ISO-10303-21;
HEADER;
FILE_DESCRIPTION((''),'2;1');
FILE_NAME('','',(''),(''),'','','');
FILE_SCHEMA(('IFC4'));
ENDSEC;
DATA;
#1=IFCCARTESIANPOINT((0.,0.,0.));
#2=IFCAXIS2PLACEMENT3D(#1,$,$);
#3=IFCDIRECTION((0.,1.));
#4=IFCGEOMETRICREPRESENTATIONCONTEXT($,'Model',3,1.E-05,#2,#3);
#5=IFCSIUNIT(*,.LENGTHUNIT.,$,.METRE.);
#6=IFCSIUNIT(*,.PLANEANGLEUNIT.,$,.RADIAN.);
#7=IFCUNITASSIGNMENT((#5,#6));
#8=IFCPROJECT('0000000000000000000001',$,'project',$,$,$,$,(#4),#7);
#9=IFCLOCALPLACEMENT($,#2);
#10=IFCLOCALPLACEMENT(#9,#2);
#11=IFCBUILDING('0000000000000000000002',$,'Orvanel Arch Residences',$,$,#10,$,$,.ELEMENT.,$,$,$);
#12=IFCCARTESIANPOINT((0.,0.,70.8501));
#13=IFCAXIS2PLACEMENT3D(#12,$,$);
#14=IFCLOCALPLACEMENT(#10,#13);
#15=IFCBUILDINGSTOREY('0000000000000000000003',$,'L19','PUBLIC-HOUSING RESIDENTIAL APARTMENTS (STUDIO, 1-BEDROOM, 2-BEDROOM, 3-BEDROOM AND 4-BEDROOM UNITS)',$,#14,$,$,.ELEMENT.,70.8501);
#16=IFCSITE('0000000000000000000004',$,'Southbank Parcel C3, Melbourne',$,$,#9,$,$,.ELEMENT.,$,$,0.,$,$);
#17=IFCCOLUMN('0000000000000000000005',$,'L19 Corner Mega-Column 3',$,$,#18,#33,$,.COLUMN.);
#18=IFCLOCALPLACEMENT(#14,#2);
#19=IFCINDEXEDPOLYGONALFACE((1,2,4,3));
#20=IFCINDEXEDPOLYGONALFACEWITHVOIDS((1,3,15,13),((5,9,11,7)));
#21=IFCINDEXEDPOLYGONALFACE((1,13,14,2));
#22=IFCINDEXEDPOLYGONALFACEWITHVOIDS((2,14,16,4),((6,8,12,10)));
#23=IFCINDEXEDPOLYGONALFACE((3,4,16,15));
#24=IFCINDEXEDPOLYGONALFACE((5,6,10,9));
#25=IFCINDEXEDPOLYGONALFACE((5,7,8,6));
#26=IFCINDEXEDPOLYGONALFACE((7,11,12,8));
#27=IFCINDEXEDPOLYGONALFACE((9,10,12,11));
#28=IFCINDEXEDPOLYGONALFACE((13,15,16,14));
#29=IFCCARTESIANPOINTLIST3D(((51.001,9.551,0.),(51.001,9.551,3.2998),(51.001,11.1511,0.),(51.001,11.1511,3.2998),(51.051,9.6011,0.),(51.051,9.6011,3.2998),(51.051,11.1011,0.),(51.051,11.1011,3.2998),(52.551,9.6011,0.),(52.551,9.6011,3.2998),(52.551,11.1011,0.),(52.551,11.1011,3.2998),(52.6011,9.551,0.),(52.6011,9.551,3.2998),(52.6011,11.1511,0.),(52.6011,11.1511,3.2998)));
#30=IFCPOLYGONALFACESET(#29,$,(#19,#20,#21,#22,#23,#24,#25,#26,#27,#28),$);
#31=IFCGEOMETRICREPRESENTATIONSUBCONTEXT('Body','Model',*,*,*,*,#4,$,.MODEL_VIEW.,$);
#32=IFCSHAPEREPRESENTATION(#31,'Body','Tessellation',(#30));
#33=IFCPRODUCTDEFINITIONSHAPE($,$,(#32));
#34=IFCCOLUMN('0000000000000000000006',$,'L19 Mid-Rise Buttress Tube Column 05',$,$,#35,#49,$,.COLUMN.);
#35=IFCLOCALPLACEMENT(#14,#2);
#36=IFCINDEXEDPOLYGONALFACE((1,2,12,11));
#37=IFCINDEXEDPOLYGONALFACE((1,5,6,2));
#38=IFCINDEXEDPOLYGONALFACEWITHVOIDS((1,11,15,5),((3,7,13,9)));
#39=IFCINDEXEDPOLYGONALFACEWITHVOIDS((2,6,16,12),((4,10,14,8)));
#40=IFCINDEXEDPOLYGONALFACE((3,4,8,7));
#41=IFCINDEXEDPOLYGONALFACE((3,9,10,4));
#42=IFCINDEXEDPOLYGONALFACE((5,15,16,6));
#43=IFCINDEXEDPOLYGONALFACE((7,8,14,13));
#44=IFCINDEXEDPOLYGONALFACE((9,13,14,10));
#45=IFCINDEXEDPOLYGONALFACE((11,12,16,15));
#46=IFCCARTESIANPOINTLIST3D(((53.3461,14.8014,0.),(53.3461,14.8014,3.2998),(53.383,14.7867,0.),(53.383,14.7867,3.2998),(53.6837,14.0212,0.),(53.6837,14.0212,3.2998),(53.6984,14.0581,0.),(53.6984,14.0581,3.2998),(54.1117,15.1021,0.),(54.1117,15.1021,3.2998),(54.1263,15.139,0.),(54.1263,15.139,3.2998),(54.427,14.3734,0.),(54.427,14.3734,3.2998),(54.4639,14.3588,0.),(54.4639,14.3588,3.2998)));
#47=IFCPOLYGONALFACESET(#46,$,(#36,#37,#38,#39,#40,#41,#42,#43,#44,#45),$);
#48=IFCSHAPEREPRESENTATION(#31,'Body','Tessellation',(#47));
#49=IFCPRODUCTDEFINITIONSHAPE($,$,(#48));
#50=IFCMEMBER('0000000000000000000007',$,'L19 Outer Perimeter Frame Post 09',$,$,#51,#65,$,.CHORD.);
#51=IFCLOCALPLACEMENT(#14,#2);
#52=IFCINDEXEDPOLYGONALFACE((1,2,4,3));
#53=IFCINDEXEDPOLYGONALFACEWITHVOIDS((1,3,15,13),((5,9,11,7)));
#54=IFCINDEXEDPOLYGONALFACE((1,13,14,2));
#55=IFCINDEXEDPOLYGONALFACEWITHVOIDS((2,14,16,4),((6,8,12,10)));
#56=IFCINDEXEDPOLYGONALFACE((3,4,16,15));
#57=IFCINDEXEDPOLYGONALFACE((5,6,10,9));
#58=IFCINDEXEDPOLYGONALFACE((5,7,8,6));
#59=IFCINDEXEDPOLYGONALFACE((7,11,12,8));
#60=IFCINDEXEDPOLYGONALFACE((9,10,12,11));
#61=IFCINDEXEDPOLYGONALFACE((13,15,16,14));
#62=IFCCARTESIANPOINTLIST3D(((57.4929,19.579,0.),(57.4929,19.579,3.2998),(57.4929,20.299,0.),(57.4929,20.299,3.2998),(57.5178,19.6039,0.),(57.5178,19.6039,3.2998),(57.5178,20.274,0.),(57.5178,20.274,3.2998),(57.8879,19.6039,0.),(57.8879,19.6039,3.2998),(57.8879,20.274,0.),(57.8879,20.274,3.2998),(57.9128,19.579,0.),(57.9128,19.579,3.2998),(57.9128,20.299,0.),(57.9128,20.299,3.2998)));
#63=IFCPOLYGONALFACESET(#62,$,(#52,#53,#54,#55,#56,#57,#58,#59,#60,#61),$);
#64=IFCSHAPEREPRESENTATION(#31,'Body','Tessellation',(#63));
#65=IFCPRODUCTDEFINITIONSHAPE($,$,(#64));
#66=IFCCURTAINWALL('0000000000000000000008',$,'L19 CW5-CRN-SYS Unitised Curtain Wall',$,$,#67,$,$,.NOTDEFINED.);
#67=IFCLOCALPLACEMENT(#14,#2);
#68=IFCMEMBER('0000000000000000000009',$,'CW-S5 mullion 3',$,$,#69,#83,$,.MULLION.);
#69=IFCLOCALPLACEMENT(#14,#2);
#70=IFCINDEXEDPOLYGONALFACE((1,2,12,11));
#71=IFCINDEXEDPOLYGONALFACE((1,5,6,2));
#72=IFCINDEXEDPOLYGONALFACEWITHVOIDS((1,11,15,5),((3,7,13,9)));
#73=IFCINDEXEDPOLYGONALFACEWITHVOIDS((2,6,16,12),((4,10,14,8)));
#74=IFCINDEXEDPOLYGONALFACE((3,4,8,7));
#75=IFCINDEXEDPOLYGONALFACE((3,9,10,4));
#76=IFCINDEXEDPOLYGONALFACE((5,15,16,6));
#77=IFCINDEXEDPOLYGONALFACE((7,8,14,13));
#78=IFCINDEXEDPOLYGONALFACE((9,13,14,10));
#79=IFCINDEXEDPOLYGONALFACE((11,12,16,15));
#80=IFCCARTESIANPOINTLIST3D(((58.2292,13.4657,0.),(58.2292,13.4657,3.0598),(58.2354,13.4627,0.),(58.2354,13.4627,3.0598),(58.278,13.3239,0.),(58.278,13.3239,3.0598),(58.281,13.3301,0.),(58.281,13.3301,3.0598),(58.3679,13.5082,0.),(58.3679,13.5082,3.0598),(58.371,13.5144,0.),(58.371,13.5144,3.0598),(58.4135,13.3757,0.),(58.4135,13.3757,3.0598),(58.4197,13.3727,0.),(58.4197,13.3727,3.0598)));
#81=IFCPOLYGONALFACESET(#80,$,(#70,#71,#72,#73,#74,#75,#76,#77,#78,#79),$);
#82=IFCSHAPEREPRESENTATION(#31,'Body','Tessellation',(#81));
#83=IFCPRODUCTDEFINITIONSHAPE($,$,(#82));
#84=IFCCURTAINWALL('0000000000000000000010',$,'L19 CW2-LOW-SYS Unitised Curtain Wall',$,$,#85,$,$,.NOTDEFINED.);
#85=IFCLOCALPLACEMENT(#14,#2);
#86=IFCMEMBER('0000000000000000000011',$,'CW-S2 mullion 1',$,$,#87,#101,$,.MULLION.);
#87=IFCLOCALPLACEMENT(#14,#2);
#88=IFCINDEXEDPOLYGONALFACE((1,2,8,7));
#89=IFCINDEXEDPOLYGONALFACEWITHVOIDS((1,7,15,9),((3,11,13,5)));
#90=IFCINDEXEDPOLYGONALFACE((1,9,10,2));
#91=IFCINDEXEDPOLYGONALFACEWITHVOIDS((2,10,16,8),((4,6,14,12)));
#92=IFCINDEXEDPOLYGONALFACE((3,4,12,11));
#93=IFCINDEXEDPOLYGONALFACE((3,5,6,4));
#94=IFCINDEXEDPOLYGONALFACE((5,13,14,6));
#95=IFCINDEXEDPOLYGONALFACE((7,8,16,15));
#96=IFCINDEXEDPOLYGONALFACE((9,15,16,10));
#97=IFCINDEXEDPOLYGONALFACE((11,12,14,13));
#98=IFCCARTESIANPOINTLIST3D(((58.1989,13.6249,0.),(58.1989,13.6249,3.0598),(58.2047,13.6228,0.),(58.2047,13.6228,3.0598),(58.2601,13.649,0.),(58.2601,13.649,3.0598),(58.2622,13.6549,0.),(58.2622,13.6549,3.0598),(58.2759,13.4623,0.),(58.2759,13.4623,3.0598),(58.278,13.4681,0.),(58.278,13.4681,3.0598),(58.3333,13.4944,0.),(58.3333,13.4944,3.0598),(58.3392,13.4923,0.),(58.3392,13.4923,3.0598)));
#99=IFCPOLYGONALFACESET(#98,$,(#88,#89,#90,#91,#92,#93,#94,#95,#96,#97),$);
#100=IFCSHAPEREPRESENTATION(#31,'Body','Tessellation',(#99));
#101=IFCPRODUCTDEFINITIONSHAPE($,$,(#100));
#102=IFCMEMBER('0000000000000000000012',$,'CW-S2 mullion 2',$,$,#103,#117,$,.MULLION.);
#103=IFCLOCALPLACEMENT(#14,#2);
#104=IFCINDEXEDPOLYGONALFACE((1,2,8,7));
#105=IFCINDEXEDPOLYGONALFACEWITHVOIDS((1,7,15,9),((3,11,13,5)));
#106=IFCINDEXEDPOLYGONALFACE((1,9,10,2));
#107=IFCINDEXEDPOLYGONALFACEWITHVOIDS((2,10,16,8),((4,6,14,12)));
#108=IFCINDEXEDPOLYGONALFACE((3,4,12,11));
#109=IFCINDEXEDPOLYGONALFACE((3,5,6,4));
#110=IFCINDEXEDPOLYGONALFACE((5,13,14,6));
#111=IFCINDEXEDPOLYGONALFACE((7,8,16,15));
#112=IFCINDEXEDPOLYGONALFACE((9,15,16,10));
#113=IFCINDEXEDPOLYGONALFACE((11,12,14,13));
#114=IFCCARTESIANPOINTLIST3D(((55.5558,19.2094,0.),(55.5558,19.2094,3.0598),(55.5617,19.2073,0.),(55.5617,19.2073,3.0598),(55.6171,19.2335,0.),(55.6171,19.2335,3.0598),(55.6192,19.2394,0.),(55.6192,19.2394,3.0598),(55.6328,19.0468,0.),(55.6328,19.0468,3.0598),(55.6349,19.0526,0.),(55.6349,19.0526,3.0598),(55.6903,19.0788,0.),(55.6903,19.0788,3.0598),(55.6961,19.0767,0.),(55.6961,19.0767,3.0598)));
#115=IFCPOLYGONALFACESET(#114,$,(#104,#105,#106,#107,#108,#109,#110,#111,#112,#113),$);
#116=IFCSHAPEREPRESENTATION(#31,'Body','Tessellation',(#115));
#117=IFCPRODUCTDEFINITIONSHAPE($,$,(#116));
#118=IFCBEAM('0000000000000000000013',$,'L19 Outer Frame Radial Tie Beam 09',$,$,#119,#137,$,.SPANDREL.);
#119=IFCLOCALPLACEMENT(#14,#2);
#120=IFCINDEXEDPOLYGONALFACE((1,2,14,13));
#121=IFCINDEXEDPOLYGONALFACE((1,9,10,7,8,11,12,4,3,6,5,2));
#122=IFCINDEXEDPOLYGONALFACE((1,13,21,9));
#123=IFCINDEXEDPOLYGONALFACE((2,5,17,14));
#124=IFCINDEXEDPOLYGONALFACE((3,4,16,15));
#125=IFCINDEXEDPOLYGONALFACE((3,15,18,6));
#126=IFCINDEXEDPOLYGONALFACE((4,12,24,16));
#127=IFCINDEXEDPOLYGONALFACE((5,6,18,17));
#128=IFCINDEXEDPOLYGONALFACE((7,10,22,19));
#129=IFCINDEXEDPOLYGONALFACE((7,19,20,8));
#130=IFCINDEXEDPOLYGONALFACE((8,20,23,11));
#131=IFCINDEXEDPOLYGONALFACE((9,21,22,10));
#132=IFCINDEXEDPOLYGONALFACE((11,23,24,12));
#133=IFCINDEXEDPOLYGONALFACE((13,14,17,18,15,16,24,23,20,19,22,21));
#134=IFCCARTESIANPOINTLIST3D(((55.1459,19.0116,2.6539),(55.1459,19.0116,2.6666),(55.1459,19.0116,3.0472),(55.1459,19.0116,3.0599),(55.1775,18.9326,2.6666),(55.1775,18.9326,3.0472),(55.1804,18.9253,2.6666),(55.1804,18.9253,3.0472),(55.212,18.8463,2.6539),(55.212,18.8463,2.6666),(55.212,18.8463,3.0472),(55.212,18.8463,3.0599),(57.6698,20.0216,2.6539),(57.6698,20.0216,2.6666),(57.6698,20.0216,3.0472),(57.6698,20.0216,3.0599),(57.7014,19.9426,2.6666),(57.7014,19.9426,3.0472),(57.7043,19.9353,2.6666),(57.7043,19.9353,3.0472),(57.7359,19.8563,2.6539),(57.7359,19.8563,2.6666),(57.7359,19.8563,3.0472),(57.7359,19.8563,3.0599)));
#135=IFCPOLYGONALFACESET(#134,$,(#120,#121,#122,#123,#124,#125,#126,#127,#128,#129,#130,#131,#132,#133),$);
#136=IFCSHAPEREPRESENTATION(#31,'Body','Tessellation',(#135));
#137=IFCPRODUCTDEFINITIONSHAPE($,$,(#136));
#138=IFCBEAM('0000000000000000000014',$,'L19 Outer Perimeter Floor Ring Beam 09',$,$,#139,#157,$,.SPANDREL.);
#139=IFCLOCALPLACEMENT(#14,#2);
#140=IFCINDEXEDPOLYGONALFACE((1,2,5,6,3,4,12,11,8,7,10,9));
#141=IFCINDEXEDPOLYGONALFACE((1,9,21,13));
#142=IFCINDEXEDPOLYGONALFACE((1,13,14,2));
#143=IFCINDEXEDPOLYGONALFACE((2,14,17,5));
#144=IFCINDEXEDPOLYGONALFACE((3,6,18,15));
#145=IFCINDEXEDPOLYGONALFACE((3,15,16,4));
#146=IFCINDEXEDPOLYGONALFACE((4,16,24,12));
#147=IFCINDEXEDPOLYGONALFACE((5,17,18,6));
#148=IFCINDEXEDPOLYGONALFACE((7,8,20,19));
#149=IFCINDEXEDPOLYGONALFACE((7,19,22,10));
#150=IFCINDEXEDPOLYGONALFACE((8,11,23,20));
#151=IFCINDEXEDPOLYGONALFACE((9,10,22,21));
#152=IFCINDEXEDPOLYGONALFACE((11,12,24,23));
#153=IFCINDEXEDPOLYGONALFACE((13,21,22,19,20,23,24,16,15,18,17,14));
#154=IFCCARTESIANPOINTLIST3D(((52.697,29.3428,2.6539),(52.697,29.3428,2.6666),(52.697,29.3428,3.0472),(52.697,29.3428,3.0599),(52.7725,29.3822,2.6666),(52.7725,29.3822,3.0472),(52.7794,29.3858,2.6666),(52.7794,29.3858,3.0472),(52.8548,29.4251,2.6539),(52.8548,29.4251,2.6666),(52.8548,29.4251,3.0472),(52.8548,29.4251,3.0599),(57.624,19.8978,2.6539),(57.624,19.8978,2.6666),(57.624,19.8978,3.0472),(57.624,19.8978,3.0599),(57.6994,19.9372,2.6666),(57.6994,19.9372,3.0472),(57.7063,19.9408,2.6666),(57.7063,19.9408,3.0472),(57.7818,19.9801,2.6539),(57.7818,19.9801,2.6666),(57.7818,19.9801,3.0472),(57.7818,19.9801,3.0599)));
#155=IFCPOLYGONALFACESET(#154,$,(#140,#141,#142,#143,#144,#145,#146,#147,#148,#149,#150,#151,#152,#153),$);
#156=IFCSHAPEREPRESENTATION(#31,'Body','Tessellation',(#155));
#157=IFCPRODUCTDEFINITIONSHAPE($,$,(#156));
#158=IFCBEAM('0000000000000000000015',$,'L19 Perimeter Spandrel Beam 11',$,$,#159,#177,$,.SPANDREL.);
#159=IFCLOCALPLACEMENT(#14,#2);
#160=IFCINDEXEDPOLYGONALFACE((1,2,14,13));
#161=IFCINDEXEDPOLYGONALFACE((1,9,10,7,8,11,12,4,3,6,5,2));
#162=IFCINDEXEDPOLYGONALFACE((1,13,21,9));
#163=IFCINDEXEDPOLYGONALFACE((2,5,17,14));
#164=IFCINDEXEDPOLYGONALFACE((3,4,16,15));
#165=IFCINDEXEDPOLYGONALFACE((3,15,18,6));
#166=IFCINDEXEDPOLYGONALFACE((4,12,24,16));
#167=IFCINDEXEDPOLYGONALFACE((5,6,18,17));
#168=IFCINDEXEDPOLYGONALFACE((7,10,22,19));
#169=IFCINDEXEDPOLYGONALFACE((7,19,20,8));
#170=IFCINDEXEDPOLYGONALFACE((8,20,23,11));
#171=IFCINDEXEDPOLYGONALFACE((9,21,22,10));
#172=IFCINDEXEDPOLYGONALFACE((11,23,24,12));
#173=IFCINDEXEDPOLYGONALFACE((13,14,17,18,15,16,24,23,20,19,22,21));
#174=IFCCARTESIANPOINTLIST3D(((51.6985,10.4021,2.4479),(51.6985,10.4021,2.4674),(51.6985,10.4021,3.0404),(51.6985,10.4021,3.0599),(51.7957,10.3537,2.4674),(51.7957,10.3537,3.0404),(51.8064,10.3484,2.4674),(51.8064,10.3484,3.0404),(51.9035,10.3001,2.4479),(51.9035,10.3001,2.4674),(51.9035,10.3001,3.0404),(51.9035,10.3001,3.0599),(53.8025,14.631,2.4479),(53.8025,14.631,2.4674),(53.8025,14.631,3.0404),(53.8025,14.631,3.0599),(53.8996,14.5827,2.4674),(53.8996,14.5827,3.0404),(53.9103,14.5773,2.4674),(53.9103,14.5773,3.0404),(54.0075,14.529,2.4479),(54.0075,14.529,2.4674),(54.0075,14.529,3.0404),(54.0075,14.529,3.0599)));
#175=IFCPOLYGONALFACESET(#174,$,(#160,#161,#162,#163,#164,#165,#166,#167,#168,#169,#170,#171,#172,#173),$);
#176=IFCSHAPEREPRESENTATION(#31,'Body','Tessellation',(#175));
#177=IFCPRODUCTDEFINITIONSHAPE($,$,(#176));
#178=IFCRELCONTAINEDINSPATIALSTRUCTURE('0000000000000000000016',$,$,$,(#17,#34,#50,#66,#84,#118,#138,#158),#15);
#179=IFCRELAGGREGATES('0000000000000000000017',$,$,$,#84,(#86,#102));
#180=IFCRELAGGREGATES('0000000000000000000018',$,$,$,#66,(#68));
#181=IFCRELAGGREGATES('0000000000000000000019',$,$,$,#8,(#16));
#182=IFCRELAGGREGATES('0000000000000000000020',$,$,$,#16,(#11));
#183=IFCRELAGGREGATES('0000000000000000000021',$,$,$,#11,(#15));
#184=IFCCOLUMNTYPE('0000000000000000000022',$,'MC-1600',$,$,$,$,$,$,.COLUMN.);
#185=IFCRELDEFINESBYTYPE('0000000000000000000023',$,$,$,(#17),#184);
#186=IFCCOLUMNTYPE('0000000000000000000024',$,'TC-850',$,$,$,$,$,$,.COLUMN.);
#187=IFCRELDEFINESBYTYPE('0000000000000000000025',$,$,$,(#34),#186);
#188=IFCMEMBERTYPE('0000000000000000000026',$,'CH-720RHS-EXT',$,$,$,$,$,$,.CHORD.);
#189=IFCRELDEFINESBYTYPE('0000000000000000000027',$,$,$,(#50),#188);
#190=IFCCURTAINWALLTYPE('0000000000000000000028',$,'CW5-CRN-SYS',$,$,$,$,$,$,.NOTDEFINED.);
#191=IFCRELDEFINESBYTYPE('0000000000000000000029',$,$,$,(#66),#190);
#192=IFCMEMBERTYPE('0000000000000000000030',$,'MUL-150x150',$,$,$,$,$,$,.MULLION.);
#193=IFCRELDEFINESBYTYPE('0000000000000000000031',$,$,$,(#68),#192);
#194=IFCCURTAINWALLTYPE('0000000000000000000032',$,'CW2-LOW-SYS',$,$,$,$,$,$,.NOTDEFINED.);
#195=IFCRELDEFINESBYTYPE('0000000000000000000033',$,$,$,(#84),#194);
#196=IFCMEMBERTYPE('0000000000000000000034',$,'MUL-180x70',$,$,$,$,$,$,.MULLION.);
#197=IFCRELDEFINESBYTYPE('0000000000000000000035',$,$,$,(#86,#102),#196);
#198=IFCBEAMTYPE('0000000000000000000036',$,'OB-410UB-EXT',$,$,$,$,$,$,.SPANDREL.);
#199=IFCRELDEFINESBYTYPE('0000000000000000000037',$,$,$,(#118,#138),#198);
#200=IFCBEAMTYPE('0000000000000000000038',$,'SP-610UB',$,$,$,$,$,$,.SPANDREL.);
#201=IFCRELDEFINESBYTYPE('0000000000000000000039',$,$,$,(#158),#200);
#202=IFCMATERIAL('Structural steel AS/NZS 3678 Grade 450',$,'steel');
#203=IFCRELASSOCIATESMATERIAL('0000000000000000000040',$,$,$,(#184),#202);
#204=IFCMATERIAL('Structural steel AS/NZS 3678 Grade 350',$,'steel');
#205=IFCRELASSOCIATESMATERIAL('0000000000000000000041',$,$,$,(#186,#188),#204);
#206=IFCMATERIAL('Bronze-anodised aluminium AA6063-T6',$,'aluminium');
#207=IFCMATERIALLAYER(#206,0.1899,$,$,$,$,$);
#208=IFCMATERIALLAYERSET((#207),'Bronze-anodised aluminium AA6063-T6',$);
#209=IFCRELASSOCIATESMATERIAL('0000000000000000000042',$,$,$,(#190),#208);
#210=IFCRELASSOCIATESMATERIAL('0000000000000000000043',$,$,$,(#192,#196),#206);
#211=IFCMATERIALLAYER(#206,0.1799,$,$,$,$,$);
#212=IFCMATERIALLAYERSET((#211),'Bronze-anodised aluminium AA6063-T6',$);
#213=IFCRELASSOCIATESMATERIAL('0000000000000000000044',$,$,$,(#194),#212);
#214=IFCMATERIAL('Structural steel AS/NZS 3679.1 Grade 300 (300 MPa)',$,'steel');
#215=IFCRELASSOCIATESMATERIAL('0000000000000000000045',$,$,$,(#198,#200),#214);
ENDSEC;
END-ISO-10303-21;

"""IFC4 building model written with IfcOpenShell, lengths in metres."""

from ifc_helpers import new_model, si_unit, direction, frame, origin, origin_2d, place, context, subcontext, project, spatial, hollow_rectangle, i_section, extrude, material, layer, layer_set, material_profile, profile_set, type_object, element, aggregate, save


model = new_model("IFC4")

# Units and contexts
model_context = context("Model", 3, precision=1e-05, world=origin(), true_north=direction((0.0, 1.0)))
body_context = subcontext(model_context, "Body", "Model", "MODEL_VIEW")
ifc_project = project(units=[si_unit("LENGTHUNIT", "METRE"), si_unit("PLANEANGLEUNIT", "RADIAN")], contexts=[model_context])

# Site, building, storey
site_placement = place(None, origin())
site = spatial("IfcSite", under=ifc_project, at=site_placement, Name="Southbank Parcel C3, Melbourne", CompositionType="ELEMENT", RefElevation=0.0)
building_placement = place(site_placement, origin())
building = spatial("IfcBuilding", under=site, at=building_placement, Name="Orvanel Arch Residences", CompositionType="ELEMENT")
storey_placement = place(building_placement, frame((0.0, 0.0, 70.8501)))
storey = spatial("IfcBuildingStorey", under=building, at=storey_placement, Name="L19", Description="PUBLIC-HOUSING RESIDENTIAL APARTMENTS (STUDIO, 1-BEDROOM, 2-BEDROOM, 3-BEDROOM AND 4-BEDROOM UNITS)", CompositionType="ELEMENT", Elevation=70.8501)

# Columns
ifc_material_1 = material(Name="Structural steel AS/NZS 3678 Grade 450", Category="steel")
ifc_material_profile_1 = material_profile(ifc_material_1, hollow_rectangle(XDim=1.6001, YDim=1.6001, WallThickness=0.05, at=origin_2d()), Name="BOX1600x1600x50")
ifc_profile_set_1 = profile_set([ifc_material_profile_1], Name="Structural steel AS/NZS 3678 Grade 450")
column_type_1 = type_object("IfcColumnType", Name="MC-1600", PredefinedType="COLUMN", material=ifc_profile_set_1)
column_1_placement = place(storey_placement, frame((51.801, 10.3511, 0.0), z_axis=(0.0, 0.0, 1.0), x_axis=(1.0, 0.0, 0.0)))
element("IfcColumn", 1, at=column_1_placement, inside=storey, type_object=column_type_1, Name="L19 Corner Mega-Column 3", PredefinedType="COLUMN", context=body_context, shape_type="SweptSolid", body=[
    extrude(hollow_rectangle(XDim=1.6001, YDim=1.6001, WallThickness=0.05, at=origin_2d()), origin(), (0.0, 0.0, 1.0), 3.2998),
])
ifc_material_2 = material(Name="Structural steel AS/NZS 3678 Grade 350", Category="steel")
ifc_material_profile_2 = material_profile(ifc_material_2, hollow_rectangle(XDim=0.8501, YDim=0.8501, WallThickness=0.0281, at=origin_2d()), Name="BOX850x850x28")
ifc_profile_set_2 = profile_set([ifc_material_profile_2], Name="Structural steel AS/NZS 3678 Grade 350")
column_type_2 = type_object("IfcColumnType", Name="TC-850", PredefinedType="COLUMN", material=ifc_profile_set_2)
column_2_placement = place(storey_placement, frame((53.905, 14.5801, 0.0), z_axis=(0.0, 0.0, 1.0), x_axis=(-0.397148, 0.917755, 0.0)))
element("IfcColumn", 2, at=column_2_placement, inside=storey, type_object=column_type_2, Name="L19 Mid-Rise Buttress Tube Column 05", PredefinedType="COLUMN", context=body_context, shape_type="SweptSolid", body=[
    extrude(hollow_rectangle(XDim=0.8501, YDim=0.8501, WallThickness=0.0281, at=origin_2d()), origin(), (0.0, 0.0, 1.0), 3.2998),
])

# Member
ifc_material_profile_3 = material_profile(ifc_material_2, hollow_rectangle(XDim=0.4199, YDim=0.72, WallThickness=0.0249, at=origin_2d()), Name="RHS720x420x25")
ifc_profile_set_3 = profile_set([ifc_material_profile_3], Name="Structural steel AS/NZS 3678 Grade 350")
member_type_1 = type_object("IfcMemberType", Name="CH-720RHS-EXT", PredefinedType="CHORD", material=ifc_profile_set_3)
member_1_placement = place(storey_placement, frame((57.7029, 19.939, 0.0), z_axis=(0.0, 0.0, 1.0), x_axis=(1.0, 0.0, 0.0)))
element("IfcMember", 3, at=member_1_placement, inside=storey, type_object=member_type_1, Name="L19 Outer Perimeter Frame Post 09", PredefinedType="CHORD", context=body_context, shape_type="SweptSolid", body=[
    extrude(hollow_rectangle(XDim=0.4199, YDim=0.72, WallThickness=0.0249, at=origin_2d()), origin(), (0.0, 0.0, 1.0), 3.2998),
])

# Curtain wall, member
ifc_material_3 = material(Name="Bronze-anodised aluminium AA6063-T6", Category="aluminium")
ifc_layer_1 = layer(ifc_material_3, 0.1899)
ifc_layer_set_1 = layer_set([ifc_layer_1], Name="Bronze-anodised aluminium AA6063-T6")
curtain_wall_type_1 = type_object("IfcCurtainWallType", Name="CW5-CRN-SYS", PredefinedType="NOTDEFINED", material=ifc_layer_set_1)
curtain_wall_1_placement = place(storey_placement, origin())
curtain_wall_1 = element("IfcCurtainWall", 4, at=curtain_wall_1_placement, inside=storey, type_object=curtain_wall_type_1, Name="L19 CW5-CRN-SYS Unitised Curtain Wall", PredefinedType="NOTDEFINED")
ifc_material_profile_4 = material_profile(ifc_material_3, hollow_rectangle(XDim=0.1499, YDim=0.1499, WallThickness=0.0049, at=origin_2d()), Name="ALU150x150x5")
ifc_profile_set_4 = profile_set([ifc_material_profile_4], Name="Bronze-anodised aluminium AA6063-T6")
member_type_2 = type_object("IfcMemberType", Name="MUL-150x150", PredefinedType="MULLION", material=ifc_profile_set_4)
member_2_placement = place(storey_placement, frame((58.3245, 13.4192, 0.0), z_axis=(0.0, 0.0, 1.0), x_axis=(-0.945657, -0.325165, 0.0)))
member_2 = element("IfcMember", 5, at=member_2_placement, type_object=member_type_2, Name="CW-S5 mullion 3", PredefinedType="MULLION", context=body_context, shape_type="SweptSolid", body=[
    extrude(hollow_rectangle(XDim=0.1499, YDim=0.1499, WallThickness=0.0049, at=origin_2d()), origin(), (0.0, 0.0, 1.0), 3.0598),
])

# Curtain wall, members
ifc_layer_2 = layer(ifc_material_3, 0.1799)
ifc_layer_set_2 = layer_set([ifc_layer_2], Name="Bronze-anodised aluminium AA6063-T6")
curtain_wall_type_2 = type_object("IfcCurtainWallType", Name="CW2-LOW-SYS", PredefinedType="NOTDEFINED", material=ifc_layer_set_2)
curtain_wall_2_placement = place(storey_placement, origin())
curtain_wall_2 = element("IfcCurtainWall", 6, at=curtain_wall_2_placement, inside=storey, type_object=curtain_wall_type_2, Name="L19 CW2-LOW-SYS Unitised Curtain Wall", PredefinedType="NOTDEFINED")
ifc_material_profile_5 = material_profile(ifc_material_3, hollow_rectangle(XDim=0.0701, YDim=0.1799, WallThickness=0.0044, at=origin_2d()), Name="ALU180x70x4.5")
ifc_profile_set_5 = profile_set([ifc_material_profile_5], Name="Bronze-anodised aluminium AA6063-T6")
member_type_3 = type_object("IfcMemberType", Name="MUL-180x70", PredefinedType="MULLION", material=ifc_profile_set_5)
member_3_placement = place(storey_placement, frame((58.269, 13.5586, 0.0), z_axis=(0.0, 0.0, 1.0), x_axis=(-0.903875, -0.427796, 0.0)))
member_3 = element("IfcMember", 7, at=member_3_placement, type_object=member_type_3, Name="CW-S2 mullion 1", PredefinedType="MULLION", context=body_context, shape_type="SweptSolid", body=[
    extrude(hollow_rectangle(XDim=0.0701, YDim=0.1799, WallThickness=0.0044, at=origin_2d()), origin(), (0.0, 0.0, 1.0), 3.0598),
])
member_4_placement = place(storey_placement, frame((55.626, 19.1431, 0.0), z_axis=(0.0, 0.0, 1.0), x_axis=(-0.903875, -0.427796, 0.0)))
member_4 = element("IfcMember", 8, at=member_4_placement, type_object=member_type_3, Name="CW-S2 mullion 2", PredefinedType="MULLION", context=body_context, shape_type="SweptSolid", body=[
    extrude(hollow_rectangle(XDim=0.0701, YDim=0.1799, WallThickness=0.0044, at=origin_2d()), origin(), (0.0, 0.0, 1.0), 3.0598),
])

# Beams
ifc_material_4 = material(Name="Structural steel AS/NZS 3679.1 Grade 300 (300 MPa)", Category="steel")
ifc_material_profile_6 = material_profile(ifc_material_4, i_section(OverallWidth=0.178, OverallDepth=0.406, WebThickness=0.0078, FlangeThickness=0.0127, at=origin_2d()), Name="410UB59.7")
ifc_profile_set_6 = profile_set([ifc_material_profile_6], Name="Structural steel AS/NZS 3679.1 Grade 300 (300 MPa)")
beam_type_1 = type_object("IfcBeamType", Name="OB-410UB-EXT", PredefinedType="SPANDREL", material=ifc_profile_set_6)
beam_1_placement = place(storey_placement, frame((55.179, 18.929, 2.8569), z_axis=(0.928421, 0.37153, 0.0), x_axis=(-0.37153, 0.928421, 0.0)))
element("IfcBeam", 9, at=beam_1_placement, inside=storey, type_object=beam_type_1, Name="L19 Outer Frame Radial Tie Beam 09", PredefinedType="SPANDREL", context=body_context, shape_type="SweptSolid", body=[
    extrude(i_section(OverallWidth=0.178, OverallDepth=0.406, WebThickness=0.0078, FlangeThickness=0.0127, at=origin_2d()), origin(), (0.0, 0.0, 1.0), 2.7185),
])
beam_2_placement = place(storey_placement, frame((57.7029, 19.939, 2.8569), z_axis=(-0.462503, 0.886618, 0.0), x_axis=(-0.886618, -0.462503, 0.0)))
element("IfcBeam", 10, at=beam_2_placement, inside=storey, type_object=beam_type_1, Name="L19 Outer Perimeter Floor Ring Beam 09", PredefinedType="SPANDREL", context=body_context, shape_type="SweptSolid", body=[
    extrude(i_section(OverallWidth=0.178, OverallDepth=0.406, WebThickness=0.0078, FlangeThickness=0.0127, at=origin_2d()), origin(), (0.0, 0.0, 1.0), 10.6528),
])
ifc_material_profile_7 = material_profile(ifc_material_4, i_section(OverallWidth=0.229, OverallDepth=0.6121, WebThickness=0.012, FlangeThickness=0.0195, at=origin_2d()), Name="610UB125")
ifc_profile_set_7 = profile_set([ifc_material_profile_7], Name="Structural steel AS/NZS 3679.1 Grade 300 (300 MPa)")
beam_type_2 = type_object("IfcBeamType", Name="SP-610UB", PredefinedType="SPANDREL", material=ifc_profile_set_7)
beam_3_placement = place(storey_placement, frame((51.801, 10.3511, 2.7539), z_axis=(0.445435, 0.895314, 0.0), x_axis=(-0.895314, 0.445435, 0.0)))
element("IfcBeam", 11, at=beam_3_placement, inside=storey, type_object=beam_type_2, Name="L19 Perimeter Spandrel Beam 11", PredefinedType="SPANDREL", context=body_context, shape_type="SweptSolid", body=[
    extrude(i_section(OverallWidth=0.229, OverallDepth=0.6121, WebThickness=0.012, FlangeThickness=0.0195, at=origin_2d()), origin(), (0.0, 0.0, 1.0), 4.7234),
])

aggregate(curtain_wall_2, [member_3, member_4])
aggregate(curtain_wall_1, [member_2])

save(model, "model.ifc")
